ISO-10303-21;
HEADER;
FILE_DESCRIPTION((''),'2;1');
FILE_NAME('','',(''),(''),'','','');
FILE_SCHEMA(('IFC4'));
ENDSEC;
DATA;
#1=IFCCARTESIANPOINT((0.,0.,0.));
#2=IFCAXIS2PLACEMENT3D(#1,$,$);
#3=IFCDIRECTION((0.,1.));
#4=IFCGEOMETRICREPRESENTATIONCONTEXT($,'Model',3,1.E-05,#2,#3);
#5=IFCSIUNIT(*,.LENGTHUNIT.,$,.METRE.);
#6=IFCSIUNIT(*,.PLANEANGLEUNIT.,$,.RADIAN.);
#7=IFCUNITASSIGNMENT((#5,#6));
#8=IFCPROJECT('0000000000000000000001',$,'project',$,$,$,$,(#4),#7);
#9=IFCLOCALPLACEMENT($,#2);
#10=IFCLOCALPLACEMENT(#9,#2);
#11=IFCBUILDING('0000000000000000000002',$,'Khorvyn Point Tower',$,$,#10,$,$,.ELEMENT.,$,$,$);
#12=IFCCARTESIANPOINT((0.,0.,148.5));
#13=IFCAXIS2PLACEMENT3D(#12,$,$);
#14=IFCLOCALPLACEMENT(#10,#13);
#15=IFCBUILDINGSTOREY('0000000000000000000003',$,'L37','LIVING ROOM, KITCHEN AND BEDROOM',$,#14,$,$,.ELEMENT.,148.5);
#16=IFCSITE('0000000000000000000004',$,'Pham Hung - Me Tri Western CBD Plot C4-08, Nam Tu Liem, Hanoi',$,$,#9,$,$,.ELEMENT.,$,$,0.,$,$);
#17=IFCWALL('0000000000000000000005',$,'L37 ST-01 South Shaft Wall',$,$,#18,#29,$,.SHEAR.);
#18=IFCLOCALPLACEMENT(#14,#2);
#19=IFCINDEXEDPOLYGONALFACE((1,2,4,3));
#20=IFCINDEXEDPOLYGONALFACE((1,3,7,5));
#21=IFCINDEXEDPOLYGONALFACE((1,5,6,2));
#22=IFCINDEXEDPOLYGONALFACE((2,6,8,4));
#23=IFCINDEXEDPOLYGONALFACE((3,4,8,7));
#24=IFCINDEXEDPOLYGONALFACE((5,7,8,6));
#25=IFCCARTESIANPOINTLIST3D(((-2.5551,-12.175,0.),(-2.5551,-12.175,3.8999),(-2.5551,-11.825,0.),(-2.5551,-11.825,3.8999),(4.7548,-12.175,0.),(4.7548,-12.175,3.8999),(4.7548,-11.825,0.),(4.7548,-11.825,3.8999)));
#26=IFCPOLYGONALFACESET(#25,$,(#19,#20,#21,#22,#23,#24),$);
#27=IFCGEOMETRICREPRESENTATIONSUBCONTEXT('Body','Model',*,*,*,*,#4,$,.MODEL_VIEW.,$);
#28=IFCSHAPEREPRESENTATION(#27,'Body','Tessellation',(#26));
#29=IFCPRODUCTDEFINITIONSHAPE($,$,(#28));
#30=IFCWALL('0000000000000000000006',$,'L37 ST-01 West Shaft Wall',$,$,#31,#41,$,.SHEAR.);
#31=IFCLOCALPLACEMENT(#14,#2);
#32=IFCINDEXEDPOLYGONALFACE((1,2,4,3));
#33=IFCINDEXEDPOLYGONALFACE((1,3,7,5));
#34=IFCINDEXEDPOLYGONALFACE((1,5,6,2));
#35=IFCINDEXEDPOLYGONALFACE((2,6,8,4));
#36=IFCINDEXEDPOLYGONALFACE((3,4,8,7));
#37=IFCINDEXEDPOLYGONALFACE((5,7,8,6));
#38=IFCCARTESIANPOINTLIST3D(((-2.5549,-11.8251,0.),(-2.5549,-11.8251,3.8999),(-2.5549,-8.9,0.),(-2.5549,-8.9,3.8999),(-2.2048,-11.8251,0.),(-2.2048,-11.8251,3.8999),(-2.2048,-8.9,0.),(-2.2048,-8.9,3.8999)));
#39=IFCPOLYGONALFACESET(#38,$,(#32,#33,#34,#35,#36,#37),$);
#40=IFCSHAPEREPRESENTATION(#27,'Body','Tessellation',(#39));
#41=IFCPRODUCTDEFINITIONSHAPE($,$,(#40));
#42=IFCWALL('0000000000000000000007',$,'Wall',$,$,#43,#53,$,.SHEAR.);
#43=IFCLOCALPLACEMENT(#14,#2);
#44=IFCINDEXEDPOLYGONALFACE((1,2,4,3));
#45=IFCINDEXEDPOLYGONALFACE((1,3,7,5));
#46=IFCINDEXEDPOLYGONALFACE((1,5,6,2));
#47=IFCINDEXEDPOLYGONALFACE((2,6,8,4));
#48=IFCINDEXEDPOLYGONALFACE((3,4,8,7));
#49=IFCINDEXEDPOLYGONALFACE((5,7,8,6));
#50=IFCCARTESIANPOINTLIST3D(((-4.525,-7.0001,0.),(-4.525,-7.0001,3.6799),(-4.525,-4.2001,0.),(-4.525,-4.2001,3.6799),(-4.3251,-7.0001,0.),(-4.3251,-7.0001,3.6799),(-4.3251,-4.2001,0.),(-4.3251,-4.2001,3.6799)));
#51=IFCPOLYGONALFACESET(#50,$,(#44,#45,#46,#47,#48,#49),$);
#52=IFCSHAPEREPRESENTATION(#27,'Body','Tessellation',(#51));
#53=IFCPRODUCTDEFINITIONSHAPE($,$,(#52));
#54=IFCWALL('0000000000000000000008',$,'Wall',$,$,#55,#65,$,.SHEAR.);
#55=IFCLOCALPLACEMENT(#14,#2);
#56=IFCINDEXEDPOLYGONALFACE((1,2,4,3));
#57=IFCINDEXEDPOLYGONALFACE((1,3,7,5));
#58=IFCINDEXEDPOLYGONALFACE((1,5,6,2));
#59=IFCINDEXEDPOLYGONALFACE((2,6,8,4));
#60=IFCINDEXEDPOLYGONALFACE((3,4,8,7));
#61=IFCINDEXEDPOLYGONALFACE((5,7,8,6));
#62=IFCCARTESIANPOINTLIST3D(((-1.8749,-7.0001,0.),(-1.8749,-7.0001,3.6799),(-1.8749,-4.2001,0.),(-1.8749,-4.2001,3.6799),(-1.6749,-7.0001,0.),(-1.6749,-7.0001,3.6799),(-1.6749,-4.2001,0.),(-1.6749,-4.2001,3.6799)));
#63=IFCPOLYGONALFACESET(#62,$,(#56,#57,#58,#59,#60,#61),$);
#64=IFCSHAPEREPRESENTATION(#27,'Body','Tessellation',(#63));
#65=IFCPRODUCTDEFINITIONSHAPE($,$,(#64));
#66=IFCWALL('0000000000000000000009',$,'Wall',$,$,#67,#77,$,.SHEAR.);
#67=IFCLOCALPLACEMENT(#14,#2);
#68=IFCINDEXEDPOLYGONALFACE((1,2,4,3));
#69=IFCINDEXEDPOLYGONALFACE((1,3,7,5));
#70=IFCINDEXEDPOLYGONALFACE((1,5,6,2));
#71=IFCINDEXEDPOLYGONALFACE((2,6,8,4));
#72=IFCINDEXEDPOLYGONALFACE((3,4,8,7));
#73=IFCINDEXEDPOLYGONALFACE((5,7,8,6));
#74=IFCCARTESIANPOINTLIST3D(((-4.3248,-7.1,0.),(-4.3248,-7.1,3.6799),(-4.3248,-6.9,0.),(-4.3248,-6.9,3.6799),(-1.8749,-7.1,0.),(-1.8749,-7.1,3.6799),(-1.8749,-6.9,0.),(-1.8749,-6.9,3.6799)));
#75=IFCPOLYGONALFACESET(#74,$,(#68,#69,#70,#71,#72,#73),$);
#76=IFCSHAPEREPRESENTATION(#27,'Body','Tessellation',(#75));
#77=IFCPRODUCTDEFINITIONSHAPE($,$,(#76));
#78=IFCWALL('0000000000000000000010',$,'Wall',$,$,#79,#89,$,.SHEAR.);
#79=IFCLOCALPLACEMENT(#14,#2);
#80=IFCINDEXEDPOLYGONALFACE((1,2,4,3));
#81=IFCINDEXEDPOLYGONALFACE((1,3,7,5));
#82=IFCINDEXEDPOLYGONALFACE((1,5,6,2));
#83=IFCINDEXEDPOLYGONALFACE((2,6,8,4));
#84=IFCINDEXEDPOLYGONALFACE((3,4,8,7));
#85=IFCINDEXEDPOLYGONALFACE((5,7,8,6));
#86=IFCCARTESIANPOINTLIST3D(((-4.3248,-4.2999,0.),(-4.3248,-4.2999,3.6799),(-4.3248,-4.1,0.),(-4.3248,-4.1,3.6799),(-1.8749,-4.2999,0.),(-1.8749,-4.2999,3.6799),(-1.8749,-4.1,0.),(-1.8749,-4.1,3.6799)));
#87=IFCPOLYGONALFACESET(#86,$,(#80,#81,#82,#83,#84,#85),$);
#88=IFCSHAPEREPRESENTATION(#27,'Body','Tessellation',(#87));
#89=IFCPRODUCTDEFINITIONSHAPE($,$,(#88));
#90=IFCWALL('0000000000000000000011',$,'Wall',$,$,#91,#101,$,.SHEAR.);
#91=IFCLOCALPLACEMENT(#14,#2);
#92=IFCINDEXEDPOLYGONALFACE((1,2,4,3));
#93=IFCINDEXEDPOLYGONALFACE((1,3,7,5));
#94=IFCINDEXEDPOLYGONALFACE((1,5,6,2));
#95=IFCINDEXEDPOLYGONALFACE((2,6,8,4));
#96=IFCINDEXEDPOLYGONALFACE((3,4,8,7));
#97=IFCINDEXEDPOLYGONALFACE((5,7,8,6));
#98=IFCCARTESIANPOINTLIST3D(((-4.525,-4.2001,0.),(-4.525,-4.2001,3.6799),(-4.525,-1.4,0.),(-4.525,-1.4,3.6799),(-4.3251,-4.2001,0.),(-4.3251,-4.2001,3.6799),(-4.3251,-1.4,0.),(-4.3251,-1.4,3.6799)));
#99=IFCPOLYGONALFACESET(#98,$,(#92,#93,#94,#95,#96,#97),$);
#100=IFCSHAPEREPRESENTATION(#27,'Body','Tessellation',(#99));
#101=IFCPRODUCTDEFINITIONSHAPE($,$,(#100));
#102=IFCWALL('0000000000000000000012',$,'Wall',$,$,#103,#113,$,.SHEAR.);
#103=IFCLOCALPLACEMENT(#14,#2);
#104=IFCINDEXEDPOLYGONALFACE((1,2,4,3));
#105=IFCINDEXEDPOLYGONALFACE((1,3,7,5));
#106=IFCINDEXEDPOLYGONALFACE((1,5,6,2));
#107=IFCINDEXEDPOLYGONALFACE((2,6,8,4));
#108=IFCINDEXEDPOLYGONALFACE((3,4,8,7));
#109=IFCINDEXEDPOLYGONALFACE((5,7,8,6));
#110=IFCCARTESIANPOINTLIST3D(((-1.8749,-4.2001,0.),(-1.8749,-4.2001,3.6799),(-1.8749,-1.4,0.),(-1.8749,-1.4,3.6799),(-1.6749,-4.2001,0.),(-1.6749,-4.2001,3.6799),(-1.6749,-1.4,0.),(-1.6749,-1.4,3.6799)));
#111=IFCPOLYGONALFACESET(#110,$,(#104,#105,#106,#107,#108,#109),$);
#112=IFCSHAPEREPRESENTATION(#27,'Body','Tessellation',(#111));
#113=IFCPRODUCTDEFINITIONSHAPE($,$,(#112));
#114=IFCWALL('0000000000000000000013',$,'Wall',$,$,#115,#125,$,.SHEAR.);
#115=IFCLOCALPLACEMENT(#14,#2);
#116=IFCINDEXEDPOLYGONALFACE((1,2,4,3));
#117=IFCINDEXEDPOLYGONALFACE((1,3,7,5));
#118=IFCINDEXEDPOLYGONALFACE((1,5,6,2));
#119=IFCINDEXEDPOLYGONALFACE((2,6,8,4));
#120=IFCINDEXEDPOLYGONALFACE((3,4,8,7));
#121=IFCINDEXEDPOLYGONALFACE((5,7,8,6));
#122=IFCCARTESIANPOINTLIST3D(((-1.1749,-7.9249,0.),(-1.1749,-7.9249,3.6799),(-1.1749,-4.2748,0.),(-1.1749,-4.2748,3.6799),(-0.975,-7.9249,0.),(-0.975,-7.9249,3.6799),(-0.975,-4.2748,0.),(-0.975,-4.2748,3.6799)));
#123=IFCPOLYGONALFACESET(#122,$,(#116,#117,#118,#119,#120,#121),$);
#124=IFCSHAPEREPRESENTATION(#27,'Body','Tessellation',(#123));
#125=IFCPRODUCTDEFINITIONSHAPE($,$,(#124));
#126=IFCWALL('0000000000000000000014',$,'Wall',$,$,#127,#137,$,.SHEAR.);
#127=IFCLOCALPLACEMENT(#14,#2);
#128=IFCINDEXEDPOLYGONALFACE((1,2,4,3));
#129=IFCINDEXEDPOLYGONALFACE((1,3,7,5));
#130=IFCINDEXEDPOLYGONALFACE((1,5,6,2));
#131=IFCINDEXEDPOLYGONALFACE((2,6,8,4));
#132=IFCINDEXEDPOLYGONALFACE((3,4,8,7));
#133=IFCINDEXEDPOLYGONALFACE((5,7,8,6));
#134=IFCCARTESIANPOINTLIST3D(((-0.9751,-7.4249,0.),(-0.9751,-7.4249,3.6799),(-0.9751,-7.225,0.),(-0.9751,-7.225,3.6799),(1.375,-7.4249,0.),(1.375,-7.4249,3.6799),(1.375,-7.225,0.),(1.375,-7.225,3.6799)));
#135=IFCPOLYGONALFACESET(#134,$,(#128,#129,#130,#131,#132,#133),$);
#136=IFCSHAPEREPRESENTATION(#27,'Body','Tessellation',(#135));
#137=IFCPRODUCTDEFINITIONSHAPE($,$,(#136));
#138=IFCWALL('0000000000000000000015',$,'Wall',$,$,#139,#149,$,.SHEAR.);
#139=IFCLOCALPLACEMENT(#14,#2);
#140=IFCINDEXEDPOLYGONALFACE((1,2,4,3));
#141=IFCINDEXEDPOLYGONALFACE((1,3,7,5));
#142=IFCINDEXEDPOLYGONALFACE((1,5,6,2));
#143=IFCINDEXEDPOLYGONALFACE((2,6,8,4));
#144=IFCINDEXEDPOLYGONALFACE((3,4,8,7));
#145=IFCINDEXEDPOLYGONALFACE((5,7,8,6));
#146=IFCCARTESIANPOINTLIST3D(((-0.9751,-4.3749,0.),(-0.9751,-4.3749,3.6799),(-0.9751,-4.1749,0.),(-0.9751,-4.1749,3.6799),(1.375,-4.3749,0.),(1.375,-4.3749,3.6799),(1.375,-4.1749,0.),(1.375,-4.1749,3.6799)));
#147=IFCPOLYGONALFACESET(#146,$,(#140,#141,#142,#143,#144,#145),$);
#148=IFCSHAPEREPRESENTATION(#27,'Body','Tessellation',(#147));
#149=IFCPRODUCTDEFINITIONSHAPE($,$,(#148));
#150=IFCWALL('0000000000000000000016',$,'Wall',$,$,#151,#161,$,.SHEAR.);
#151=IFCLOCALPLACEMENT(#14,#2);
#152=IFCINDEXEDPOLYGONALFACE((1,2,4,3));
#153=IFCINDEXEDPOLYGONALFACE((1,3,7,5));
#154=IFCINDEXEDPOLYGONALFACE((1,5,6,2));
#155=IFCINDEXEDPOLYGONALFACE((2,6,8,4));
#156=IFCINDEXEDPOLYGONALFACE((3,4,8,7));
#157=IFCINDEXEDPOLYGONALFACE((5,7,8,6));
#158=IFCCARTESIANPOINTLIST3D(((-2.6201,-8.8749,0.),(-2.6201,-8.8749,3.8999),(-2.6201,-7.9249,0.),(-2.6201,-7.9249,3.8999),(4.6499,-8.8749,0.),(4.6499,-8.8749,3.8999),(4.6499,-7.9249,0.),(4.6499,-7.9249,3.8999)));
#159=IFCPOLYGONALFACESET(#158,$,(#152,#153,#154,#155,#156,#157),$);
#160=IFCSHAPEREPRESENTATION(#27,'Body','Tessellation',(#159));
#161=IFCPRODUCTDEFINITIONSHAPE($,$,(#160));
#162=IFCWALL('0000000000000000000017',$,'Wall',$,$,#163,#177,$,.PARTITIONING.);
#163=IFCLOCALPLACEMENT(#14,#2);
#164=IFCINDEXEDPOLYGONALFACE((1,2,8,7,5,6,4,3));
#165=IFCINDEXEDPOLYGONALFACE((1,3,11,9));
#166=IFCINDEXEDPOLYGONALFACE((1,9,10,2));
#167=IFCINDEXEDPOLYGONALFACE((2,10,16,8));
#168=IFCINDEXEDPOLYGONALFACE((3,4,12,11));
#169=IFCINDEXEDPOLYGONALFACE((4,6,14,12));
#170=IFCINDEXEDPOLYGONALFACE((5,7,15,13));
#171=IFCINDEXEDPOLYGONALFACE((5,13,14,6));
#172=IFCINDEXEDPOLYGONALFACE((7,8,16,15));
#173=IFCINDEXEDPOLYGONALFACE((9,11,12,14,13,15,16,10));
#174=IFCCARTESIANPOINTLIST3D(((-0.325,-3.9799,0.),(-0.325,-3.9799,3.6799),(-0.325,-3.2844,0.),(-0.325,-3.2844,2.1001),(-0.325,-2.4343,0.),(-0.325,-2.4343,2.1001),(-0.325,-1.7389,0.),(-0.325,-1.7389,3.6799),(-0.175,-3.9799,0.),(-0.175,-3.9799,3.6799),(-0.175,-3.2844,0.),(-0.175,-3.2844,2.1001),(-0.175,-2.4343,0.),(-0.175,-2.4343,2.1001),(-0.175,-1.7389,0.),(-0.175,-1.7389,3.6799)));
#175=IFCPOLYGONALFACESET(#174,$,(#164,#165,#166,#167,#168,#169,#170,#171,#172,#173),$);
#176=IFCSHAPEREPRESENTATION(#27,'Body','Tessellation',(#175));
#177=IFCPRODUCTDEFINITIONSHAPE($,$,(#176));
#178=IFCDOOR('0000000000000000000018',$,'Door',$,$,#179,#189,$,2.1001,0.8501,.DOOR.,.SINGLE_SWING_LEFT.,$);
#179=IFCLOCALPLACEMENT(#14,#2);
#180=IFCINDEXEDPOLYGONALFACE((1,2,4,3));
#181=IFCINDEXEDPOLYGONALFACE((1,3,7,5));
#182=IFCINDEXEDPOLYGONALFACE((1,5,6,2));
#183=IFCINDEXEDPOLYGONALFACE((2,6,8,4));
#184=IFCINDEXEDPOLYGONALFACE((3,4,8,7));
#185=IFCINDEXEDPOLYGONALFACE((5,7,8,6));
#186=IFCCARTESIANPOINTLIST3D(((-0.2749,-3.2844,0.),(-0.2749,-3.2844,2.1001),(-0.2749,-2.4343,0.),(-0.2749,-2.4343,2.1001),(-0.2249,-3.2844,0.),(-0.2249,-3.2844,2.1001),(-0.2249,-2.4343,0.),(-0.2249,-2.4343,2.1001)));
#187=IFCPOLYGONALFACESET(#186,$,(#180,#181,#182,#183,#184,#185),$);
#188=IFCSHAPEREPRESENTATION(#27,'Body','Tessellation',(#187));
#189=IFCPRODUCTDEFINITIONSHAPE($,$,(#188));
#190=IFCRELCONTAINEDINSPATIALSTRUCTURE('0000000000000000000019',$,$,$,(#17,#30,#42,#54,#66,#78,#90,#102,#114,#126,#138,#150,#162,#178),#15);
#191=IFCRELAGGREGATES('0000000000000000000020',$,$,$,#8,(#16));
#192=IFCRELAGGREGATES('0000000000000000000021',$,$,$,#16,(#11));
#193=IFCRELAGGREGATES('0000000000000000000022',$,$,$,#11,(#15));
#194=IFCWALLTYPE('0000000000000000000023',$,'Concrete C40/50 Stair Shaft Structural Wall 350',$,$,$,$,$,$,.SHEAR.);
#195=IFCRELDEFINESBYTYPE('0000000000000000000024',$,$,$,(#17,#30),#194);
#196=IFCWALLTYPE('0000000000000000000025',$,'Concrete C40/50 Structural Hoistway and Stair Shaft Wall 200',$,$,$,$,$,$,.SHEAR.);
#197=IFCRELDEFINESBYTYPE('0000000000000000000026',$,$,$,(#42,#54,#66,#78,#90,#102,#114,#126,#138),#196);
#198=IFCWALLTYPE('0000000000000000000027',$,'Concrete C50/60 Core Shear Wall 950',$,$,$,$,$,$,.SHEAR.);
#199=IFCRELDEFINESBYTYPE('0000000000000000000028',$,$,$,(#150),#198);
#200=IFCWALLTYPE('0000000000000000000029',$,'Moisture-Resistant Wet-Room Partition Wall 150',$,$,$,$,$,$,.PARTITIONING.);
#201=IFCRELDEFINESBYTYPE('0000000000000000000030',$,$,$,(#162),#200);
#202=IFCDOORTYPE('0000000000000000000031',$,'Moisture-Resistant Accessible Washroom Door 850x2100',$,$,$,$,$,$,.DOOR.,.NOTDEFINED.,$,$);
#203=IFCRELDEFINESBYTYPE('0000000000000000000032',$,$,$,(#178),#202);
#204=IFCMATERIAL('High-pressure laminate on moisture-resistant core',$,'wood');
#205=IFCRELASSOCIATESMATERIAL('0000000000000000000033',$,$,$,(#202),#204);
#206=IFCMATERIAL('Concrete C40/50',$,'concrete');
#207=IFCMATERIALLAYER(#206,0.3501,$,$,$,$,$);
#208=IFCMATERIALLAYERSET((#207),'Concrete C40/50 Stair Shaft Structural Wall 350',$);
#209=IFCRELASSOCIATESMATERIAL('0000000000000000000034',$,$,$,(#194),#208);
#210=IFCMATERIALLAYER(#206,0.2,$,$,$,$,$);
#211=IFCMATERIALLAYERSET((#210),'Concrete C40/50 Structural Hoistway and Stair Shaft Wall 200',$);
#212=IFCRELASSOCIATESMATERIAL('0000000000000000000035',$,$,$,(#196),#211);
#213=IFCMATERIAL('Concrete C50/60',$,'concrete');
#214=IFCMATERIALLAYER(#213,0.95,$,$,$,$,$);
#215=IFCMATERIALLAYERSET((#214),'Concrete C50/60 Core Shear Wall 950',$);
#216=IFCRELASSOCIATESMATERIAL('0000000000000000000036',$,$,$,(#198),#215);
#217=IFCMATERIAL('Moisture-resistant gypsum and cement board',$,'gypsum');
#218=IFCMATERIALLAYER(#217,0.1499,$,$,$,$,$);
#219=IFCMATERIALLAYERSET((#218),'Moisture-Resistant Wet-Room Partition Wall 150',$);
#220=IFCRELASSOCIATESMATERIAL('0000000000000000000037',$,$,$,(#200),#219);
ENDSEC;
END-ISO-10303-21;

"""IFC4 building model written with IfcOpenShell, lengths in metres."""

from ifc_helpers import new_model, si_unit, direction, frame, frame_2d, origin, place, context, subcontext, project, spatial, rectangle, extrude, material, layer, layer_set, type_object, element, fill, save


model = new_model("IFC4")

# Units and contexts
model_context = context("Model", 3, precision=1e-05, world=origin(), true_north=direction((0.0, 1.0)))
body_context = subcontext(model_context, "Body", "Model", "MODEL_VIEW")
ifc_project = project(units=[si_unit("LENGTHUNIT", "METRE"), si_unit("PLANEANGLEUNIT", "RADIAN")], contexts=[model_context])

# Site, building, storey
site_placement = place(None, origin())
site = spatial("IfcSite", under=ifc_project, at=site_placement, Name="Pham Hung - Me Tri Western CBD Plot C4-08, Nam Tu Liem, Hanoi", CompositionType="ELEMENT", RefElevation=0.0)
building_placement = place(site_placement, origin())
building = spatial("IfcBuilding", under=site, at=building_placement, Name="Khorvyn Point Tower", CompositionType="ELEMENT")
storey_placement = place(building_placement, frame((0.0, 0.0, 148.5)))
storey = spatial("IfcBuildingStorey", under=building, at=storey_placement, Name="L37", Description="LIVING ROOM, KITCHEN AND BEDROOM", CompositionType="ELEMENT", Elevation=148.5)

# Shared definitions
ifc_material_1 = material(Name="Concrete C40/50", Category="concrete")

# Shared definitions
ifc_material_2 = material(Name="Concrete C50/60", Category="concrete")

# Shared definitions
ifc_material_3 = material(Name="High-pressure laminate on moisture-resistant core", Category="wood")
door_type = type_object("IfcDoorType", Name="Moisture-Resistant Accessible Washroom Door 850x2100", OperationType="NOTDEFINED", PredefinedType="DOOR", material=ifc_material_3)

# Walls
ifc_layer_1 = layer(ifc_material_1, 0.3501)
ifc_layer_set_1 = layer_set([ifc_layer_1], Name="Concrete C40/50 Stair Shaft Structural Wall 350")
wall_type_1 = type_object("IfcWallType", Name="Concrete C40/50 Stair Shaft Structural Wall 350", PredefinedType="SHEAR", material=ifc_layer_set_1)
wall_1_placement = place(storey_placement, frame((-2.5549, -12.0, 0.0), z_axis=(0.0, 0.0, 1.0), x_axis=(1.0, 0.0, 0.0)))
element("IfcWall", 1, at=wall_1_placement, inside=storey, type_object=wall_type_1, Name="L37 ST-01 South Shaft Wall", PredefinedType="SHEAR", context=body_context, shape_type="SweptSolid", body=[
    extrude(rectangle(XDim=7.3098, YDim=0.3501, at=frame_2d((3.6548, 0.0))), origin(), (0.0, 0.0, 1.0), 3.8999),
])
wall_2_placement = place(storey_placement, frame((-2.3799, -11.825, 0.0), z_axis=(0.0, 0.0, 1.0), x_axis=(0.0, 1.0, 0.0)))
element("IfcWall", 2, at=wall_2_placement, inside=storey, type_object=wall_type_1, Name="L37 ST-01 West Shaft Wall", PredefinedType="SHEAR", context=body_context, shape_type="SweptSolid", body=[
    extrude(rectangle(XDim=2.925, YDim=0.3501, at=frame_2d((1.4624, 0.0))), origin(), (0.0, 0.0, 1.0), 3.8999),
])
ifc_layer_2 = layer(ifc_material_1, 0.2)
ifc_layer_set_2 = layer_set([ifc_layer_2], Name="Concrete C40/50 Structural Hoistway and Stair Shaft Wall 200")
wall_type_2 = type_object("IfcWallType", Name="Concrete C40/50 Structural Hoistway and Stair Shaft Wall 200", PredefinedType="SHEAR", material=ifc_layer_set_2)
for number, where, z_axis, x_axis, name in (
    (3, (-4.425, -7.0, 0.0), (0.0, 0.0, 1.0), (0.0, 1.0, 0.0), "Wall"),
    (4, (-1.7749, -7.0, 0.0), (0.0, 0.0, 1.0), (0.0, 1.0, 0.0), "Wall"),
):
    element("IfcWall", number, at=place(storey_placement, frame(where, z_axis=z_axis, x_axis=x_axis)), inside=storey, type_object=wall_type_2, Name=name, PredefinedType="SHEAR", context=body_context, shape_type="SweptSolid", body=[
        extrude(rectangle(XDim=2.8, YDim=0.2, at=frame_2d((1.3999, 0.0))), origin(), (0.0, 0.0, 1.0), 3.6799),
    ])
for number, where, z_axis, x_axis, name in (
    (5, (-4.325, -7.0, 0.0), (0.0, 0.0, 1.0), (1.0, 0.0, 0.0), "Wall"),
    (6, (-4.325, -4.2, 0.0), (0.0, 0.0, 1.0), (1.0, 0.0, 0.0), "Wall"),
):
    element("IfcWall", number, at=place(storey_placement, frame(where, z_axis=z_axis, x_axis=x_axis)), inside=storey, type_object=wall_type_2, Name=name, PredefinedType="SHEAR", context=body_context, shape_type="SweptSolid", body=[
        extrude(rectangle(XDim=2.45, YDim=0.2, at=frame_2d((1.2251, 0.0))), origin(), (0.0, 0.0, 1.0), 3.6799),
    ])
for number, where, z_axis, x_axis, name in (
    (7, (-4.425, -4.2, 0.0), (0.0, 0.0, 1.0), (0.0, 1.0, 0.0), "Wall"),
    (8, (-1.7749, -4.2, 0.0), (0.0, 0.0, 1.0), (0.0, 1.0, 0.0), "Wall"),
):
    element("IfcWall", number, at=place(storey_placement, frame(where, z_axis=z_axis, x_axis=x_axis)), inside=storey, type_object=wall_type_2, Name=name, PredefinedType="SHEAR", context=body_context, shape_type="SweptSolid", body=[
        extrude(rectangle(XDim=2.8, YDim=0.2, at=frame_2d((1.3999, 0.0))), origin(), (0.0, 0.0, 1.0), 3.6799),
    ])
wall_3_placement = place(storey_placement, frame((-1.075, -7.925, 0.0), z_axis=(0.0, 0.0, 1.0), x_axis=(0.0, 1.0, 0.0)))
element("IfcWall", 9, at=wall_3_placement, inside=storey, type_object=wall_type_2, Name="Wall", PredefinedType="SHEAR", context=body_context, shape_type="SweptSolid", body=[
    extrude(rectangle(XDim=3.6501, YDim=0.2, at=frame_2d((1.8252, 0.0))), origin(), (0.0, 0.0, 1.0), 3.6799),
])
for number, where, z_axis, x_axis, name in (
    (10, (-0.9751, -7.325, 0.0), (0.0, 0.0, 1.0), (1.0, 0.0, 0.0), "Wall"),
    (11, (-0.9751, -4.2749, 0.0), (0.0, 0.0, 1.0), (1.0, 0.0, 0.0), "Wall"),
):
    element("IfcWall", number, at=place(storey_placement, frame(where, z_axis=z_axis, x_axis=x_axis)), inside=storey, type_object=wall_type_2, Name=name, PredefinedType="SHEAR", context=body_context, shape_type="SweptSolid", body=[
        extrude(rectangle(XDim=2.3501, YDim=0.2, at=frame_2d((1.175, 0.0))), origin(), (0.0, 0.0, 1.0), 3.6799),
    ])
ifc_layer_3 = layer(ifc_material_2, 0.95)
ifc_layer_set_3 = layer_set([ifc_layer_3], Name="Concrete C50/60 Core Shear Wall 950")
wall_type_3 = type_object("IfcWallType", Name="Concrete C50/60 Core Shear Wall 950", PredefinedType="SHEAR", material=ifc_layer_set_3)
wall_4_placement = place(storey_placement, frame((-2.6201, -8.3999, 0.0), z_axis=(0.0, 0.0, 1.0), x_axis=(1.0, 0.0, 0.0)))
element("IfcWall", 12, at=wall_4_placement, inside=storey, type_object=wall_type_3, Name="Wall", PredefinedType="SHEAR", context=body_context, shape_type="SweptSolid", body=[
    extrude(rectangle(XDim=7.27, YDim=0.95, at=frame_2d((3.635, 0.0))), origin(), (0.0, 0.0, 1.0), 3.8999),
])

# Wall, opening, door
ifc_material_4 = material(Name="Moisture-resistant gypsum and cement board", Category="gypsum")
ifc_layer_4 = layer(ifc_material_4, 0.1499)
ifc_layer_set_4 = layer_set([ifc_layer_4], Name="Moisture-Resistant Wet-Room Partition Wall 150")
wall_type_4 = type_object("IfcWallType", Name="Moisture-Resistant Wet-Room Partition Wall 150", PredefinedType="PARTITIONING", material=ifc_layer_set_4)
wall_5_placement = place(storey_placement, frame((-0.25, -3.98, 0.0), z_axis=(0.0, 0.0, 1.0), x_axis=(0.0, 1.0, 0.0)))
wall_5 = element("IfcWall", 13, at=wall_5_placement, inside=storey, type_object=wall_type_4, Name="Wall", PredefinedType="PARTITIONING", context=body_context, shape_type="SweptSolid", body=[
    extrude(rectangle(XDim=2.241, YDim=0.1499, at=frame_2d((1.1206, 0.0))), origin(), (0.0, 0.0, 1.0), 3.6799),
])
opening_1_placement = place(wall_5_placement, frame((0.6956, 0.0, 0.0)))
opening_1 = element("IfcOpeningElement", 14, at=opening_1_placement, cuts=wall_5, PredefinedType="OPENING", context=body_context, shape_type="SweptSolid", body=[
    extrude(rectangle(XDim=0.8501, YDim=2.1001, at=frame_2d((0.425, 1.05))), frame((0.0, 0.085, 0.0), z_axis=(0.0, -1.0, 0.0), x_axis=(1.0, 0.0, 0.0)), (0.0, 0.0, 1.0), 0.1699),
])
door_1_placement = place(opening_1_placement, origin())
door_1 = element("IfcDoor", 15, at=door_1_placement, inside=storey, type_object=door_type, Name="Door", OperationType="SINGLE_SWING_LEFT", OverallHeight=2.1001, OverallWidth=0.8501, PredefinedType="DOOR", context=body_context, shape_type="SweptSolid", body=[
    extrude(rectangle(XDim=0.8501, YDim=2.1001, at=frame_2d((0.425, 1.05))), frame((0.0, 0.0249, 0.0), z_axis=(0.0, -1.0, 0.0), x_axis=(1.0, 0.0, 0.0)), (0.0, 0.0, 1.0), 0.05),
])
fill(opening_1, door_1)

save(model, "model.ifc")
